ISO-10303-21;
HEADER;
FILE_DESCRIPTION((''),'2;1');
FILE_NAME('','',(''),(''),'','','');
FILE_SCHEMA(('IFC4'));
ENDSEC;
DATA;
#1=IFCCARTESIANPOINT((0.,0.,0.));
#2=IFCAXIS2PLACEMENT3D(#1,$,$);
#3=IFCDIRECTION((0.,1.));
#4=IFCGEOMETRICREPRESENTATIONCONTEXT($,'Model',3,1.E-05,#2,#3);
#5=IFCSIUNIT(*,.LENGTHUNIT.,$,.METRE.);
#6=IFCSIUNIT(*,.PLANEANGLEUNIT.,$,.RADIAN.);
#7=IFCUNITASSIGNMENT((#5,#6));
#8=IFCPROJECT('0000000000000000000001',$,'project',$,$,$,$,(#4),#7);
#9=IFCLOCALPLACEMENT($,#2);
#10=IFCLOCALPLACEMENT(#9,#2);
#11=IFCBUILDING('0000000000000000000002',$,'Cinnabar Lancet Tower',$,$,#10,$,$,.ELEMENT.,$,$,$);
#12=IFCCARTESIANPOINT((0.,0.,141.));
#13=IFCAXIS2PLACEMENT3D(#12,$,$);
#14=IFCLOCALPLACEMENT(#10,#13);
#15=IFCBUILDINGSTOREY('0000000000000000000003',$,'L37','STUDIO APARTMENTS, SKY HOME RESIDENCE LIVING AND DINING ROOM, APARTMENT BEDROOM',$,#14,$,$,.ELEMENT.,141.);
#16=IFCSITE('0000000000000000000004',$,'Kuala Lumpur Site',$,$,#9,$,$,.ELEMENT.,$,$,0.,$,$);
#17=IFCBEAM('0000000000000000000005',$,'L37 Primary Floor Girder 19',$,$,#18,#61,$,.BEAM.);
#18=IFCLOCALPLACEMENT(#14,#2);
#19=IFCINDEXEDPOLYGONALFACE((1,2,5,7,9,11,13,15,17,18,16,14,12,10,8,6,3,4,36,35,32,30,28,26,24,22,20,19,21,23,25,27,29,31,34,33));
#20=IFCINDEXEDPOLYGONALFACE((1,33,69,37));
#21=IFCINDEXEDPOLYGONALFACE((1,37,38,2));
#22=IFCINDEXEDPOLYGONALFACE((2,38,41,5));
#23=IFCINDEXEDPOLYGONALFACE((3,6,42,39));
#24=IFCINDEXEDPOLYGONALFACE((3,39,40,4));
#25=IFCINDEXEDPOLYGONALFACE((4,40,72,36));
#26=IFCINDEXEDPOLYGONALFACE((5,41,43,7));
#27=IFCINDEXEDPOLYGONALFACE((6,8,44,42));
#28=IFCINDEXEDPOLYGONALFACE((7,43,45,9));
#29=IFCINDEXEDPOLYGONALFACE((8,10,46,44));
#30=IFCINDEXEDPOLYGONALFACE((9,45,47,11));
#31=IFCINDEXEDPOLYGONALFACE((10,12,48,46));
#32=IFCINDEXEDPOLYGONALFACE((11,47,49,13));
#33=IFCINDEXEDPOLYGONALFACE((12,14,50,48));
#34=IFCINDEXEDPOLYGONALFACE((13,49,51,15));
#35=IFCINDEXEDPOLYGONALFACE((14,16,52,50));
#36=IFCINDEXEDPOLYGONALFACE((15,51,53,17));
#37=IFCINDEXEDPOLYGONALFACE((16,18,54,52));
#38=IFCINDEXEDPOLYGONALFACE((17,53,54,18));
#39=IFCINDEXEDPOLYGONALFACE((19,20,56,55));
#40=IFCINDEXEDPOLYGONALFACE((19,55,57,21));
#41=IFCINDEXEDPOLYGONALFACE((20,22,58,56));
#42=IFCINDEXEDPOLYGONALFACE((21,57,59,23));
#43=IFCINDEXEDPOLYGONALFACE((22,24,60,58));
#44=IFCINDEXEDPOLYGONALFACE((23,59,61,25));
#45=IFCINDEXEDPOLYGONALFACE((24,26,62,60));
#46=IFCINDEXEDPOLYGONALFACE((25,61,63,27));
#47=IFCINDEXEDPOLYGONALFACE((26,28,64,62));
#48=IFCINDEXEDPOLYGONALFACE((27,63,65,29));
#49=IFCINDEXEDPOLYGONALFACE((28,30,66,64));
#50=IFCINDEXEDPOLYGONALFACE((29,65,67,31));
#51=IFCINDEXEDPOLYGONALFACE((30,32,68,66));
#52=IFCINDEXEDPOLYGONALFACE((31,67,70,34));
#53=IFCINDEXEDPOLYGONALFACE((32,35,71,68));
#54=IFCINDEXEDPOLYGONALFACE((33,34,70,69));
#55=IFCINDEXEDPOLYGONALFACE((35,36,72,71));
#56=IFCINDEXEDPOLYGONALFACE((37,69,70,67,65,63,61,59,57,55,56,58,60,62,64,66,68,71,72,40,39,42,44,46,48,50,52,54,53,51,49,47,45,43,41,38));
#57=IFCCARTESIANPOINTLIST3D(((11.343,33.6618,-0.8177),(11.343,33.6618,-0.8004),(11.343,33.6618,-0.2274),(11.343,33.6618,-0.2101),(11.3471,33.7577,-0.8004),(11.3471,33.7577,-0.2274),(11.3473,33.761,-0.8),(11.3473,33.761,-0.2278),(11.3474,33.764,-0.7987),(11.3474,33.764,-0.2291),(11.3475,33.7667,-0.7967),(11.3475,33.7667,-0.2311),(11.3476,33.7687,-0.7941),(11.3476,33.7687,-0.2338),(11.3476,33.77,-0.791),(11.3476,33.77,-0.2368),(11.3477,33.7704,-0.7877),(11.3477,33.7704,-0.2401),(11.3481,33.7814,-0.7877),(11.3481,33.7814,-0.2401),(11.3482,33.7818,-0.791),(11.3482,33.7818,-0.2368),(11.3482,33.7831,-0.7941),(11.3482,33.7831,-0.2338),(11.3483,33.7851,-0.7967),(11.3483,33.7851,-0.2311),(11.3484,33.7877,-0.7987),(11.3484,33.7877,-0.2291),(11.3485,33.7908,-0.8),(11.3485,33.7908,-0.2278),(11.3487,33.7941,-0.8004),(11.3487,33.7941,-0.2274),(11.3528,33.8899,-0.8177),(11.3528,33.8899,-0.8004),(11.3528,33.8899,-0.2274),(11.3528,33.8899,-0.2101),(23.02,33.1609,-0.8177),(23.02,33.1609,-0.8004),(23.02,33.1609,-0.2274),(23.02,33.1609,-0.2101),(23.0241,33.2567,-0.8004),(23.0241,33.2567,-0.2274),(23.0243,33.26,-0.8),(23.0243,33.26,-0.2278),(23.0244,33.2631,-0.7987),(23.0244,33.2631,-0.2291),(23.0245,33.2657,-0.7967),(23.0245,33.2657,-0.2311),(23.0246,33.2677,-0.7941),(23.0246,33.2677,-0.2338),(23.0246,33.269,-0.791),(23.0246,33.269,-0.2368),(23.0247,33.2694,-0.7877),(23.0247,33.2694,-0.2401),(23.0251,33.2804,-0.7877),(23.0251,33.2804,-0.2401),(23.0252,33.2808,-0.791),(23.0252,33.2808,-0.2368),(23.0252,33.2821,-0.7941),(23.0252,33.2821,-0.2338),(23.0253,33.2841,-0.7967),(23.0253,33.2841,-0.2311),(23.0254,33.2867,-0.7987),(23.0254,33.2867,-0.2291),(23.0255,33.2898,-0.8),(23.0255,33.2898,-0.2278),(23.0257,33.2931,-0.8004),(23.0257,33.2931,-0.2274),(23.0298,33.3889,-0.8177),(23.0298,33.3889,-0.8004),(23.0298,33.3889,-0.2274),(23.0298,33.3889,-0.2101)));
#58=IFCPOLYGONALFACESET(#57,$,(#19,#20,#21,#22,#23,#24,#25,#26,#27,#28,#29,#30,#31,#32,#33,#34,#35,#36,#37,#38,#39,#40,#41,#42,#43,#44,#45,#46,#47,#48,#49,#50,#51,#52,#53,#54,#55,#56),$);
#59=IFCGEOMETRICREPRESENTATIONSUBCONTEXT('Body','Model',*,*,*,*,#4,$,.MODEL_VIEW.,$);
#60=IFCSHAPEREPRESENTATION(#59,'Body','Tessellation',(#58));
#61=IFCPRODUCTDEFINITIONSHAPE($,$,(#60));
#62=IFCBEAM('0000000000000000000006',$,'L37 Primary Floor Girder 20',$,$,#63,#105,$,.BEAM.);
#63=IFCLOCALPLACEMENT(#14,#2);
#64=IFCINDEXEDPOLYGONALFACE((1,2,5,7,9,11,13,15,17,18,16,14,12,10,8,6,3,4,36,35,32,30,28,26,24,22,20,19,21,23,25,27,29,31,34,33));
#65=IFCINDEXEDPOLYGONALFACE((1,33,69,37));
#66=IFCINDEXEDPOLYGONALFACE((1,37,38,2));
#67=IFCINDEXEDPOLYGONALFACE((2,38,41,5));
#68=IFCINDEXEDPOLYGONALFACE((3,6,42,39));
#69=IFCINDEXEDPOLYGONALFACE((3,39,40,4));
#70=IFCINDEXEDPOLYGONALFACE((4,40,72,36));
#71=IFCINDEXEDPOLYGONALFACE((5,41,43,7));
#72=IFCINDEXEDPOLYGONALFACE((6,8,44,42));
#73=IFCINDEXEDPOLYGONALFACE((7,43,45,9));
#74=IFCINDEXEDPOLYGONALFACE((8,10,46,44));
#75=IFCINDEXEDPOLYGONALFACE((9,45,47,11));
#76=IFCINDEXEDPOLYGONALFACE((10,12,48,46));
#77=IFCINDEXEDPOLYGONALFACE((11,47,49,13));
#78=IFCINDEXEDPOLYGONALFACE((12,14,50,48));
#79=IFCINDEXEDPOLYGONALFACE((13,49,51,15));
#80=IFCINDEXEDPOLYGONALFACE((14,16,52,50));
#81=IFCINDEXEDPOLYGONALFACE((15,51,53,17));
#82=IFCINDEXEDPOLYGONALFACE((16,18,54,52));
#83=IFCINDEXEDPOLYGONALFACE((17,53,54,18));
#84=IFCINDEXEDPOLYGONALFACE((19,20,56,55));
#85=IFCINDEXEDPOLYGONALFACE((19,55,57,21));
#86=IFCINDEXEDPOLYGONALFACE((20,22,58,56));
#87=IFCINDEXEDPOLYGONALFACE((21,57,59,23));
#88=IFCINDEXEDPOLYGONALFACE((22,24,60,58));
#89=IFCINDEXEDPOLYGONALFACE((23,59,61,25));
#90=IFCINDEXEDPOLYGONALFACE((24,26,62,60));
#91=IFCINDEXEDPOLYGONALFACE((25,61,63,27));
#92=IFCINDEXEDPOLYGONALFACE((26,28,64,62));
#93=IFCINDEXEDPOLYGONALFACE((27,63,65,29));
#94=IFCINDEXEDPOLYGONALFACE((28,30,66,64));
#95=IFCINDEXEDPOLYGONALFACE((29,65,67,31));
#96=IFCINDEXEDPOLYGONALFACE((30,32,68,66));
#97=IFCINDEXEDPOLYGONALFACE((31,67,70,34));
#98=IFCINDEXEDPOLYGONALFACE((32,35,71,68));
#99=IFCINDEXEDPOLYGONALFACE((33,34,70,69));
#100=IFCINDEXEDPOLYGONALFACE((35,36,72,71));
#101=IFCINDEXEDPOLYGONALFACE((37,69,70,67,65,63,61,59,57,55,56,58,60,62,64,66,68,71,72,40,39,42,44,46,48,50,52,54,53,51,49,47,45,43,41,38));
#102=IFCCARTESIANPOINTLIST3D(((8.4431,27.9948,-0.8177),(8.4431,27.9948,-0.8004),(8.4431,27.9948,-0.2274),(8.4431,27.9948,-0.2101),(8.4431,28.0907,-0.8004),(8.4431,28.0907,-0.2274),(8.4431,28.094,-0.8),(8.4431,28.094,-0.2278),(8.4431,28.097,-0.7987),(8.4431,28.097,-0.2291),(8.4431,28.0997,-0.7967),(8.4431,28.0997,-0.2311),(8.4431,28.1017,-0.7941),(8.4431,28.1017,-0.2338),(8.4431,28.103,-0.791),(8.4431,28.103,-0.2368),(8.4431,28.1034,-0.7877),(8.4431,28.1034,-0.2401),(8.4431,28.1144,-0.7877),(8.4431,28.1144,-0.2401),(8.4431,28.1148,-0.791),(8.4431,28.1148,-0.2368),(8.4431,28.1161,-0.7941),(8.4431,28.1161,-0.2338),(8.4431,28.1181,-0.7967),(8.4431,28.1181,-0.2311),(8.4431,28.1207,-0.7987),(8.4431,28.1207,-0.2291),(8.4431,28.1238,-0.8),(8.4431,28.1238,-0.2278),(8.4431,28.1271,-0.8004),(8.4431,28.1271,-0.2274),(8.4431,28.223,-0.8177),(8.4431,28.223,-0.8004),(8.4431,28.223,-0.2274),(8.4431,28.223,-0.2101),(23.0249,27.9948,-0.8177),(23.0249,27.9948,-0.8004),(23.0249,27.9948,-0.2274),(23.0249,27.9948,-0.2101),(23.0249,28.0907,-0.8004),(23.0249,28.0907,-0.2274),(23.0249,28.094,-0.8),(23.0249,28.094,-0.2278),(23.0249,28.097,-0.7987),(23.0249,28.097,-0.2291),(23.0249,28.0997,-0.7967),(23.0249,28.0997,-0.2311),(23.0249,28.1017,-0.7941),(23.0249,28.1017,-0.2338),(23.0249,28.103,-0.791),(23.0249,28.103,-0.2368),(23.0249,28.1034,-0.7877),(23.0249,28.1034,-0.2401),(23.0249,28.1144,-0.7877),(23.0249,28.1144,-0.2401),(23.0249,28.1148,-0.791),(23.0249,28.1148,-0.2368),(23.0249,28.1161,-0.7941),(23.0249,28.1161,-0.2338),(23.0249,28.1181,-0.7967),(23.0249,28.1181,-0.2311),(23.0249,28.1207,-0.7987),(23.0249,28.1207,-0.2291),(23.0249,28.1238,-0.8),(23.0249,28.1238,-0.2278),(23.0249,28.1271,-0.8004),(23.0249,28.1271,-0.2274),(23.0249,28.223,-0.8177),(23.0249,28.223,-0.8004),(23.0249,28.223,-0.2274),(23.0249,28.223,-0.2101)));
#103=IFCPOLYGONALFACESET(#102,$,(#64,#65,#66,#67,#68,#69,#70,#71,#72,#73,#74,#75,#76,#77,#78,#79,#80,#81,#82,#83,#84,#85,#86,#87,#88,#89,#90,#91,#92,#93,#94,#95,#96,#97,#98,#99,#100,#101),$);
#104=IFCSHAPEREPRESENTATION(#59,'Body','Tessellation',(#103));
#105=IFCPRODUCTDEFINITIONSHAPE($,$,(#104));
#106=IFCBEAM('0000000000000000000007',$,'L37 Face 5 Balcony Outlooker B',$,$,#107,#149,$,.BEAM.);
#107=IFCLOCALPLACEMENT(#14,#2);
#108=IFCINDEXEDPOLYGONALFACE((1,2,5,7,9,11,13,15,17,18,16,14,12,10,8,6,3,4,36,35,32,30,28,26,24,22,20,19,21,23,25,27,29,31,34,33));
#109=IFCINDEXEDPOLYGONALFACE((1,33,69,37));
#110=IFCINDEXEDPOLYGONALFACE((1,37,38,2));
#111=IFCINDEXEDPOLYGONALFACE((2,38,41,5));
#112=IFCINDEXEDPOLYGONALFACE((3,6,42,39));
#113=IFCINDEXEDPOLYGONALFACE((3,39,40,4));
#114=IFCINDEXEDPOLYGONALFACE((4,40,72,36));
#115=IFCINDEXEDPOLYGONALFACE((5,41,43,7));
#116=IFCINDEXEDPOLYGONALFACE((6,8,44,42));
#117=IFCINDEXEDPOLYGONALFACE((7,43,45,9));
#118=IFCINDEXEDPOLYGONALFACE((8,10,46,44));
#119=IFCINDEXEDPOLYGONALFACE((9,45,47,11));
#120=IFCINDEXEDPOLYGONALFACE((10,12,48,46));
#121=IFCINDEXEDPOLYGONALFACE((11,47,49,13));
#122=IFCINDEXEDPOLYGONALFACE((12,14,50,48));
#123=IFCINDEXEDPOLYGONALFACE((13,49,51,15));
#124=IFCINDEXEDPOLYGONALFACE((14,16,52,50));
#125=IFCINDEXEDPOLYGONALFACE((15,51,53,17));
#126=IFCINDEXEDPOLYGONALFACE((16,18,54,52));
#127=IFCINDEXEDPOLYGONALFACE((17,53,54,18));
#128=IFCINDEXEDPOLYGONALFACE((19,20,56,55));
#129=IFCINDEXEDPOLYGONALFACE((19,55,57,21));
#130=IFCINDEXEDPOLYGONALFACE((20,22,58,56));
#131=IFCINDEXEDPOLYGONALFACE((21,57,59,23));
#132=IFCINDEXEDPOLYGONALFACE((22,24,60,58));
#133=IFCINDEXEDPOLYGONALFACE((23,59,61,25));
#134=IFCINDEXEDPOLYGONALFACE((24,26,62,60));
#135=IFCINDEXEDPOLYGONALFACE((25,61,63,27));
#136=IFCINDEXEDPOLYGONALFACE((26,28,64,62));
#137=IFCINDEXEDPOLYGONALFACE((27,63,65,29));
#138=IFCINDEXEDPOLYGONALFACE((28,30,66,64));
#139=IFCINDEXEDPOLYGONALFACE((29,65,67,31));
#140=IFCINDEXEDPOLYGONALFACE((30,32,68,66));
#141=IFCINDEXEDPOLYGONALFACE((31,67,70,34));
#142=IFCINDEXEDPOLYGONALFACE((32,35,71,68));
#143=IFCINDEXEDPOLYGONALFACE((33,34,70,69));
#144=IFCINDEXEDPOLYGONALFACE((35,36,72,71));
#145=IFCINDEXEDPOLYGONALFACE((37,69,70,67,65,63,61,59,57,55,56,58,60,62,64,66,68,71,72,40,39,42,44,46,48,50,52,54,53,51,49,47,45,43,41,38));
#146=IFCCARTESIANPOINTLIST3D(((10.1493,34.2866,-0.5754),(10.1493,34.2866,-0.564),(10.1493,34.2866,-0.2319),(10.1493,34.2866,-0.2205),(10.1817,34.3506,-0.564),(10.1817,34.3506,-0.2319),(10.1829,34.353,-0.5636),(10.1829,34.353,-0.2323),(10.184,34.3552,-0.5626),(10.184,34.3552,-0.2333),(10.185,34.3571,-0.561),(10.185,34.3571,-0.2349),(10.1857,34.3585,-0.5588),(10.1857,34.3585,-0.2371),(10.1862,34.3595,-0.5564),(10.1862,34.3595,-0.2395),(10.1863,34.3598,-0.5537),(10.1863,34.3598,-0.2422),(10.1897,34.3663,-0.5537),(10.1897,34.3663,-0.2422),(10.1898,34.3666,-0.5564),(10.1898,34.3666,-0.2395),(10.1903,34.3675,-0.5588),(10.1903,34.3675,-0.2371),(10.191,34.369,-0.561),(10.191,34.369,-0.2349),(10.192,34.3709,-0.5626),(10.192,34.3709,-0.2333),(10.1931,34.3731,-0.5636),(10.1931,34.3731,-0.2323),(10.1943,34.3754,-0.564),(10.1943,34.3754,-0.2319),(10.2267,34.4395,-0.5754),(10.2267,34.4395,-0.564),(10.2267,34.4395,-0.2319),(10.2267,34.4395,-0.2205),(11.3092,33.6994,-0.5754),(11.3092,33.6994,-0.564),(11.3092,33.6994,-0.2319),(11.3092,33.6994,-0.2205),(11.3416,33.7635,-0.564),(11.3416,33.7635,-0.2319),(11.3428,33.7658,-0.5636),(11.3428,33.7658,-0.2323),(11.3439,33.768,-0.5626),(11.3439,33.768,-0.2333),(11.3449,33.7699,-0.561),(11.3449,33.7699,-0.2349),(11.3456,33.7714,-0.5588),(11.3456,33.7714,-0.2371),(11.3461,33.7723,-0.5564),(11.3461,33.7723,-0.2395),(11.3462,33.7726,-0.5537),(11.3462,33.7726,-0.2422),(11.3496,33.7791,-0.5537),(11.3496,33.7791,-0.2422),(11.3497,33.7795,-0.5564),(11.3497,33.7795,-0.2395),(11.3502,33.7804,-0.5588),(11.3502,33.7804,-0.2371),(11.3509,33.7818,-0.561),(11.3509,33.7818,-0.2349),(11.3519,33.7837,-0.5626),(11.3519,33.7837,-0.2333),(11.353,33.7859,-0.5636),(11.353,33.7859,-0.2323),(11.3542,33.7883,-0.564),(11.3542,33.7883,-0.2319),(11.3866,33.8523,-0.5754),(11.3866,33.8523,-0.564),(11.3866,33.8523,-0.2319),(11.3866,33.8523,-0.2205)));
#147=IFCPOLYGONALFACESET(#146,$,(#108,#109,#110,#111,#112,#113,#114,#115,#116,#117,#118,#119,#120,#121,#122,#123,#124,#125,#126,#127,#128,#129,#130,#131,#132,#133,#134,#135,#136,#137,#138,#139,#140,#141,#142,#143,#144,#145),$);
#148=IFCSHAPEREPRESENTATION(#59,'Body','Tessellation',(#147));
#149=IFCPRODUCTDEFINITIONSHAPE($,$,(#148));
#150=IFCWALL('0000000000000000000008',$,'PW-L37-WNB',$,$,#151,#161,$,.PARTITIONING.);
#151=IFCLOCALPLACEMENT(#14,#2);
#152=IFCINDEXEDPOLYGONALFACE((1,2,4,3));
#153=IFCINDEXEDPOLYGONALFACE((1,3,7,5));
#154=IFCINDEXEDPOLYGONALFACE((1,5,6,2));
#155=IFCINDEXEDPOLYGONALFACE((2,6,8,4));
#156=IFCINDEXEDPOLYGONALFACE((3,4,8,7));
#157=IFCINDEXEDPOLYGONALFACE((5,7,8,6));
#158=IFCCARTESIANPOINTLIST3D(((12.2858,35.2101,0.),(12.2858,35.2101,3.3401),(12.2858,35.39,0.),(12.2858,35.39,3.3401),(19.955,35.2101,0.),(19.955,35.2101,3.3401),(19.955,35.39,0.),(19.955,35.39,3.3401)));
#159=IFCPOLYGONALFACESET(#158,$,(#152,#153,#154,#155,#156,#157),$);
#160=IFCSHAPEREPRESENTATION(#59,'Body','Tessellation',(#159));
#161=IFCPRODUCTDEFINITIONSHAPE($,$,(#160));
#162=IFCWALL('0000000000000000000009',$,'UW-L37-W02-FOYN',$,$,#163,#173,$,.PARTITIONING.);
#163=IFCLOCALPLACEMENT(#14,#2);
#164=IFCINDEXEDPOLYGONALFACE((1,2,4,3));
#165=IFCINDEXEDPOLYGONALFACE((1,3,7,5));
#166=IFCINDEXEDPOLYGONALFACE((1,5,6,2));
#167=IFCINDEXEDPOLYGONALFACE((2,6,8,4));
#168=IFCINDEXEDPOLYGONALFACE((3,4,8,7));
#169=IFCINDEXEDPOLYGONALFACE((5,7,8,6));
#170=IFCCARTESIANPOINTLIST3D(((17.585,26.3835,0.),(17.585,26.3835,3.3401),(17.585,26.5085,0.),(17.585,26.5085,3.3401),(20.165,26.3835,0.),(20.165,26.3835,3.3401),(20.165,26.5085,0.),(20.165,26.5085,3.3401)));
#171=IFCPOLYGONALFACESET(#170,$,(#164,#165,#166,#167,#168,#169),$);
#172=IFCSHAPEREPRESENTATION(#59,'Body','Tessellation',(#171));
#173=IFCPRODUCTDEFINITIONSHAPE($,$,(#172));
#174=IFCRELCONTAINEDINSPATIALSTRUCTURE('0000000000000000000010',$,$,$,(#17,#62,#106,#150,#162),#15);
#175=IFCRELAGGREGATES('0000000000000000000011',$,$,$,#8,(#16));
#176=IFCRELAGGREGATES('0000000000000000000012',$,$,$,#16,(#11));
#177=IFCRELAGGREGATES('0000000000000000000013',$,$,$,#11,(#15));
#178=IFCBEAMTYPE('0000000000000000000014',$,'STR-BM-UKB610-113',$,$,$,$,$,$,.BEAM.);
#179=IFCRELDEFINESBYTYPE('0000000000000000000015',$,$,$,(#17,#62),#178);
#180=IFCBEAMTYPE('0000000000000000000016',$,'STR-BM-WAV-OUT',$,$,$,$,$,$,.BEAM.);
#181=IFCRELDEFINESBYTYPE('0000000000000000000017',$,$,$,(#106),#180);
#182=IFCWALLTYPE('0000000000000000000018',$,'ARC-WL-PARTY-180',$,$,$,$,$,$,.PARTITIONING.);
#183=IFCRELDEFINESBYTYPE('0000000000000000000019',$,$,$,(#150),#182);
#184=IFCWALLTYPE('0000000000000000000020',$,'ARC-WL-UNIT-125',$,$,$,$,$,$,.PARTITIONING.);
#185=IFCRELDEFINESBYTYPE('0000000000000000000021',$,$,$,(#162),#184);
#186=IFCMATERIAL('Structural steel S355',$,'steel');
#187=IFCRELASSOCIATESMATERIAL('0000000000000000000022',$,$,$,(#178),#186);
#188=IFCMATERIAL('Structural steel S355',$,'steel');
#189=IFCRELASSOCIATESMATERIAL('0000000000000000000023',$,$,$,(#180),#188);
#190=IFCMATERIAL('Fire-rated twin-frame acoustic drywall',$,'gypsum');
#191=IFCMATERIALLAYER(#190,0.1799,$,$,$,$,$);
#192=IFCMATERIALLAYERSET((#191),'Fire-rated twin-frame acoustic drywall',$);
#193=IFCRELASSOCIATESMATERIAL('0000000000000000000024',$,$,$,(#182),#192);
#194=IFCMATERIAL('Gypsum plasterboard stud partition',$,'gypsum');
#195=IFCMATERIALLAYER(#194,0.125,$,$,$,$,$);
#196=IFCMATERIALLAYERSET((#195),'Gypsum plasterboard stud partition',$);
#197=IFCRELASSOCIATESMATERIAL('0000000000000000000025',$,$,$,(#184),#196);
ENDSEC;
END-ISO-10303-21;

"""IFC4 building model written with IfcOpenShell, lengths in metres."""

from ifc_helpers import new_model, si_unit, direction, frame, frame_2d, origin, origin_2d, place, context, subcontext, project, spatial, rectangle, i_section, extrude, material, layer, layer_set, material_profile, profile_set, type_object, element, save


model = new_model("IFC4")

# Units and contexts
model_context = context("Model", 3, precision=1e-05, world=origin(), true_north=direction((0.0, 1.0)))
body_context = subcontext(model_context, "Body", "Model", "MODEL_VIEW")
ifc_project = project(units=[si_unit("LENGTHUNIT", "METRE"), si_unit("PLANEANGLEUNIT", "RADIAN")], contexts=[model_context])

# Site, building, storey
site_placement = place(None, origin())
site = spatial("IfcSite", under=ifc_project, at=site_placement, Name="Kuala Lumpur Site", CompositionType="ELEMENT", RefElevation=0.0)
building_placement = place(site_placement, origin())
building = spatial("IfcBuilding", under=site, at=building_placement, Name="Cinnabar Lancet Tower", CompositionType="ELEMENT")
storey_placement = place(building_placement, frame((0.0, 0.0, 141.0)))
storey = spatial("IfcBuildingStorey", under=building, at=storey_placement, Name="L37", Description="STUDIO APARTMENTS, SKY HOME RESIDENCE LIVING AND DINING ROOM, APARTMENT BEDROOM", CompositionType="ELEMENT", Elevation=141.0)

# Beams
ifc_material_1 = material(Name="Structural steel S355", Category="steel")
ifc_material_profile_1 = material_profile(ifc_material_1, i_section(OverallWidth=0.2283, OverallDepth=0.6077, WebThickness=0.011, FlangeThickness=0.0173, FilletRadius=0.0127, at=origin_2d()), Name="UKB 610x229x113")
ifc_profile_set_1 = profile_set([ifc_material_profile_1], Name="Structural steel S355")
beam_type_1 = type_object("IfcBeamType", Name="STR-BM-UKB610-113", PredefinedType="BEAM", material=ifc_profile_set_1)
beam_1_placement = place(storey_placement, frame((11.3479, 33.7759, -0.5139), z_axis=(0.999081, -0.042863, 0.0), x_axis=(0.042863, 0.999081, 0.0)))
element("IfcBeam", 1, at=beam_1_placement, inside=storey, type_object=beam_type_1, Name="L37 Primary Floor Girder 19", PredefinedType="BEAM", context=body_context, shape_type="SweptSolid", body=[
    extrude(i_section(OverallWidth=0.2283, OverallDepth=0.6077, WebThickness=0.011, FlangeThickness=0.0173, FilletRadius=0.0127, at=origin_2d()), origin(), (0.0, 0.0, 1.0), 11.6877),
])
beam_2_placement = place(storey_placement, frame((8.4431, 28.1089, -0.5139), z_axis=(1.0, 0.0, 0.0), x_axis=(0.0, 1.0, 0.0)))
element("IfcBeam", 2, at=beam_2_placement, inside=storey, type_object=beam_type_1, Name="L37 Primary Floor Girder 20", PredefinedType="BEAM", context=body_context, shape_type="SweptSolid", body=[
    extrude(i_section(OverallWidth=0.2283, OverallDepth=0.6077, WebThickness=0.011, FlangeThickness=0.0173, FilletRadius=0.0127, at=origin_2d()), origin(), (0.0, 0.0, 1.0), 14.5818),
])
ifc_material_2 = material(Name="Structural steel S355", Category="steel")
ifc_material_profile_2 = material_profile(ifc_material_2, i_section(OverallWidth=0.1714, OverallDepth=0.355, WebThickness=0.0073, FlangeThickness=0.0115, FilletRadius=0.0103, at=origin_2d()), Name="UKB 356x171x51")
ifc_profile_set_2 = profile_set([ifc_material_profile_2], Name="Structural steel S355")
beam_type_2 = type_object("IfcBeamType", Name="STR-BM-WAV-OUT", PredefinedType="BEAM", material=ifc_profile_set_2)
beam_3_placement = place(storey_placement, frame((11.3479, 33.7759, -0.3979), z_axis=(-0.8922, 0.45164, 0.0), x_axis=(-0.45164, -0.8922, 0.0)))
element("IfcBeam", 3, at=beam_3_placement, inside=storey, type_object=beam_type_2, Name="L37 Face 5 Balcony Outlooker B", PredefinedType="BEAM", context=body_context, shape_type="SweptSolid", body=[
    extrude(i_section(OverallWidth=0.1714, OverallDepth=0.355, WebThickness=0.0073, FlangeThickness=0.0115, FilletRadius=0.0103, at=origin_2d()), origin(), (0.0, 0.0, 1.0), 1.3),
])

# Walls
ifc_material_3 = material(Name="Fire-rated twin-frame acoustic drywall", Category="gypsum")
ifc_layer_1 = layer(ifc_material_3, 0.1799)
ifc_layer_set_1 = layer_set([ifc_layer_1], Name="Fire-rated twin-frame acoustic drywall")
wall_type_1 = type_object("IfcWallType", Name="ARC-WL-PARTY-180", PredefinedType="PARTITIONING", material=ifc_layer_set_1)
wall_1_placement = place(storey_placement, frame((12.2859, 35.3, 0.0), z_axis=(0.0, 0.0, 1.0), x_axis=(1.0, 0.0, 0.0)))
element("IfcWall", 4, at=wall_1_placement, inside=storey, type_object=wall_type_1, Name="PW-L37-WNB", PredefinedType="PARTITIONING", context=body_context, shape_type="SweptSolid", body=[
    extrude(rectangle(XDim=7.6692, YDim=0.1799, at=frame_2d((3.8345, 0.0))), origin(), (0.0, 0.0, 1.0), 3.3401),
])
ifc_material_4 = material(Name="Gypsum plasterboard stud partition", Category="gypsum")
ifc_layer_2 = layer(ifc_material_4, 0.125)
ifc_layer_set_2 = layer_set([ifc_layer_2], Name="Gypsum plasterboard stud partition")
wall_type_2 = type_object("IfcWallType", Name="ARC-WL-UNIT-125", PredefinedType="PARTITIONING", material=ifc_layer_set_2)
wall_2_placement = place(storey_placement, frame((17.585, 26.446, 0.0), z_axis=(0.0, 0.0, 1.0), x_axis=(1.0, 0.0, 0.0)))
element("IfcWall", 5, at=wall_2_placement, inside=storey, type_object=wall_type_2, Name="UW-L37-W02-FOYN", PredefinedType="PARTITIONING", context=body_context, shape_type="SweptSolid", body=[
    extrude(rectangle(XDim=2.5801, YDim=0.125, at=frame_2d((1.29, 0.0))), origin(), (0.0, 0.0, 1.0), 3.3401),
])

save(model, "model.ifc")
